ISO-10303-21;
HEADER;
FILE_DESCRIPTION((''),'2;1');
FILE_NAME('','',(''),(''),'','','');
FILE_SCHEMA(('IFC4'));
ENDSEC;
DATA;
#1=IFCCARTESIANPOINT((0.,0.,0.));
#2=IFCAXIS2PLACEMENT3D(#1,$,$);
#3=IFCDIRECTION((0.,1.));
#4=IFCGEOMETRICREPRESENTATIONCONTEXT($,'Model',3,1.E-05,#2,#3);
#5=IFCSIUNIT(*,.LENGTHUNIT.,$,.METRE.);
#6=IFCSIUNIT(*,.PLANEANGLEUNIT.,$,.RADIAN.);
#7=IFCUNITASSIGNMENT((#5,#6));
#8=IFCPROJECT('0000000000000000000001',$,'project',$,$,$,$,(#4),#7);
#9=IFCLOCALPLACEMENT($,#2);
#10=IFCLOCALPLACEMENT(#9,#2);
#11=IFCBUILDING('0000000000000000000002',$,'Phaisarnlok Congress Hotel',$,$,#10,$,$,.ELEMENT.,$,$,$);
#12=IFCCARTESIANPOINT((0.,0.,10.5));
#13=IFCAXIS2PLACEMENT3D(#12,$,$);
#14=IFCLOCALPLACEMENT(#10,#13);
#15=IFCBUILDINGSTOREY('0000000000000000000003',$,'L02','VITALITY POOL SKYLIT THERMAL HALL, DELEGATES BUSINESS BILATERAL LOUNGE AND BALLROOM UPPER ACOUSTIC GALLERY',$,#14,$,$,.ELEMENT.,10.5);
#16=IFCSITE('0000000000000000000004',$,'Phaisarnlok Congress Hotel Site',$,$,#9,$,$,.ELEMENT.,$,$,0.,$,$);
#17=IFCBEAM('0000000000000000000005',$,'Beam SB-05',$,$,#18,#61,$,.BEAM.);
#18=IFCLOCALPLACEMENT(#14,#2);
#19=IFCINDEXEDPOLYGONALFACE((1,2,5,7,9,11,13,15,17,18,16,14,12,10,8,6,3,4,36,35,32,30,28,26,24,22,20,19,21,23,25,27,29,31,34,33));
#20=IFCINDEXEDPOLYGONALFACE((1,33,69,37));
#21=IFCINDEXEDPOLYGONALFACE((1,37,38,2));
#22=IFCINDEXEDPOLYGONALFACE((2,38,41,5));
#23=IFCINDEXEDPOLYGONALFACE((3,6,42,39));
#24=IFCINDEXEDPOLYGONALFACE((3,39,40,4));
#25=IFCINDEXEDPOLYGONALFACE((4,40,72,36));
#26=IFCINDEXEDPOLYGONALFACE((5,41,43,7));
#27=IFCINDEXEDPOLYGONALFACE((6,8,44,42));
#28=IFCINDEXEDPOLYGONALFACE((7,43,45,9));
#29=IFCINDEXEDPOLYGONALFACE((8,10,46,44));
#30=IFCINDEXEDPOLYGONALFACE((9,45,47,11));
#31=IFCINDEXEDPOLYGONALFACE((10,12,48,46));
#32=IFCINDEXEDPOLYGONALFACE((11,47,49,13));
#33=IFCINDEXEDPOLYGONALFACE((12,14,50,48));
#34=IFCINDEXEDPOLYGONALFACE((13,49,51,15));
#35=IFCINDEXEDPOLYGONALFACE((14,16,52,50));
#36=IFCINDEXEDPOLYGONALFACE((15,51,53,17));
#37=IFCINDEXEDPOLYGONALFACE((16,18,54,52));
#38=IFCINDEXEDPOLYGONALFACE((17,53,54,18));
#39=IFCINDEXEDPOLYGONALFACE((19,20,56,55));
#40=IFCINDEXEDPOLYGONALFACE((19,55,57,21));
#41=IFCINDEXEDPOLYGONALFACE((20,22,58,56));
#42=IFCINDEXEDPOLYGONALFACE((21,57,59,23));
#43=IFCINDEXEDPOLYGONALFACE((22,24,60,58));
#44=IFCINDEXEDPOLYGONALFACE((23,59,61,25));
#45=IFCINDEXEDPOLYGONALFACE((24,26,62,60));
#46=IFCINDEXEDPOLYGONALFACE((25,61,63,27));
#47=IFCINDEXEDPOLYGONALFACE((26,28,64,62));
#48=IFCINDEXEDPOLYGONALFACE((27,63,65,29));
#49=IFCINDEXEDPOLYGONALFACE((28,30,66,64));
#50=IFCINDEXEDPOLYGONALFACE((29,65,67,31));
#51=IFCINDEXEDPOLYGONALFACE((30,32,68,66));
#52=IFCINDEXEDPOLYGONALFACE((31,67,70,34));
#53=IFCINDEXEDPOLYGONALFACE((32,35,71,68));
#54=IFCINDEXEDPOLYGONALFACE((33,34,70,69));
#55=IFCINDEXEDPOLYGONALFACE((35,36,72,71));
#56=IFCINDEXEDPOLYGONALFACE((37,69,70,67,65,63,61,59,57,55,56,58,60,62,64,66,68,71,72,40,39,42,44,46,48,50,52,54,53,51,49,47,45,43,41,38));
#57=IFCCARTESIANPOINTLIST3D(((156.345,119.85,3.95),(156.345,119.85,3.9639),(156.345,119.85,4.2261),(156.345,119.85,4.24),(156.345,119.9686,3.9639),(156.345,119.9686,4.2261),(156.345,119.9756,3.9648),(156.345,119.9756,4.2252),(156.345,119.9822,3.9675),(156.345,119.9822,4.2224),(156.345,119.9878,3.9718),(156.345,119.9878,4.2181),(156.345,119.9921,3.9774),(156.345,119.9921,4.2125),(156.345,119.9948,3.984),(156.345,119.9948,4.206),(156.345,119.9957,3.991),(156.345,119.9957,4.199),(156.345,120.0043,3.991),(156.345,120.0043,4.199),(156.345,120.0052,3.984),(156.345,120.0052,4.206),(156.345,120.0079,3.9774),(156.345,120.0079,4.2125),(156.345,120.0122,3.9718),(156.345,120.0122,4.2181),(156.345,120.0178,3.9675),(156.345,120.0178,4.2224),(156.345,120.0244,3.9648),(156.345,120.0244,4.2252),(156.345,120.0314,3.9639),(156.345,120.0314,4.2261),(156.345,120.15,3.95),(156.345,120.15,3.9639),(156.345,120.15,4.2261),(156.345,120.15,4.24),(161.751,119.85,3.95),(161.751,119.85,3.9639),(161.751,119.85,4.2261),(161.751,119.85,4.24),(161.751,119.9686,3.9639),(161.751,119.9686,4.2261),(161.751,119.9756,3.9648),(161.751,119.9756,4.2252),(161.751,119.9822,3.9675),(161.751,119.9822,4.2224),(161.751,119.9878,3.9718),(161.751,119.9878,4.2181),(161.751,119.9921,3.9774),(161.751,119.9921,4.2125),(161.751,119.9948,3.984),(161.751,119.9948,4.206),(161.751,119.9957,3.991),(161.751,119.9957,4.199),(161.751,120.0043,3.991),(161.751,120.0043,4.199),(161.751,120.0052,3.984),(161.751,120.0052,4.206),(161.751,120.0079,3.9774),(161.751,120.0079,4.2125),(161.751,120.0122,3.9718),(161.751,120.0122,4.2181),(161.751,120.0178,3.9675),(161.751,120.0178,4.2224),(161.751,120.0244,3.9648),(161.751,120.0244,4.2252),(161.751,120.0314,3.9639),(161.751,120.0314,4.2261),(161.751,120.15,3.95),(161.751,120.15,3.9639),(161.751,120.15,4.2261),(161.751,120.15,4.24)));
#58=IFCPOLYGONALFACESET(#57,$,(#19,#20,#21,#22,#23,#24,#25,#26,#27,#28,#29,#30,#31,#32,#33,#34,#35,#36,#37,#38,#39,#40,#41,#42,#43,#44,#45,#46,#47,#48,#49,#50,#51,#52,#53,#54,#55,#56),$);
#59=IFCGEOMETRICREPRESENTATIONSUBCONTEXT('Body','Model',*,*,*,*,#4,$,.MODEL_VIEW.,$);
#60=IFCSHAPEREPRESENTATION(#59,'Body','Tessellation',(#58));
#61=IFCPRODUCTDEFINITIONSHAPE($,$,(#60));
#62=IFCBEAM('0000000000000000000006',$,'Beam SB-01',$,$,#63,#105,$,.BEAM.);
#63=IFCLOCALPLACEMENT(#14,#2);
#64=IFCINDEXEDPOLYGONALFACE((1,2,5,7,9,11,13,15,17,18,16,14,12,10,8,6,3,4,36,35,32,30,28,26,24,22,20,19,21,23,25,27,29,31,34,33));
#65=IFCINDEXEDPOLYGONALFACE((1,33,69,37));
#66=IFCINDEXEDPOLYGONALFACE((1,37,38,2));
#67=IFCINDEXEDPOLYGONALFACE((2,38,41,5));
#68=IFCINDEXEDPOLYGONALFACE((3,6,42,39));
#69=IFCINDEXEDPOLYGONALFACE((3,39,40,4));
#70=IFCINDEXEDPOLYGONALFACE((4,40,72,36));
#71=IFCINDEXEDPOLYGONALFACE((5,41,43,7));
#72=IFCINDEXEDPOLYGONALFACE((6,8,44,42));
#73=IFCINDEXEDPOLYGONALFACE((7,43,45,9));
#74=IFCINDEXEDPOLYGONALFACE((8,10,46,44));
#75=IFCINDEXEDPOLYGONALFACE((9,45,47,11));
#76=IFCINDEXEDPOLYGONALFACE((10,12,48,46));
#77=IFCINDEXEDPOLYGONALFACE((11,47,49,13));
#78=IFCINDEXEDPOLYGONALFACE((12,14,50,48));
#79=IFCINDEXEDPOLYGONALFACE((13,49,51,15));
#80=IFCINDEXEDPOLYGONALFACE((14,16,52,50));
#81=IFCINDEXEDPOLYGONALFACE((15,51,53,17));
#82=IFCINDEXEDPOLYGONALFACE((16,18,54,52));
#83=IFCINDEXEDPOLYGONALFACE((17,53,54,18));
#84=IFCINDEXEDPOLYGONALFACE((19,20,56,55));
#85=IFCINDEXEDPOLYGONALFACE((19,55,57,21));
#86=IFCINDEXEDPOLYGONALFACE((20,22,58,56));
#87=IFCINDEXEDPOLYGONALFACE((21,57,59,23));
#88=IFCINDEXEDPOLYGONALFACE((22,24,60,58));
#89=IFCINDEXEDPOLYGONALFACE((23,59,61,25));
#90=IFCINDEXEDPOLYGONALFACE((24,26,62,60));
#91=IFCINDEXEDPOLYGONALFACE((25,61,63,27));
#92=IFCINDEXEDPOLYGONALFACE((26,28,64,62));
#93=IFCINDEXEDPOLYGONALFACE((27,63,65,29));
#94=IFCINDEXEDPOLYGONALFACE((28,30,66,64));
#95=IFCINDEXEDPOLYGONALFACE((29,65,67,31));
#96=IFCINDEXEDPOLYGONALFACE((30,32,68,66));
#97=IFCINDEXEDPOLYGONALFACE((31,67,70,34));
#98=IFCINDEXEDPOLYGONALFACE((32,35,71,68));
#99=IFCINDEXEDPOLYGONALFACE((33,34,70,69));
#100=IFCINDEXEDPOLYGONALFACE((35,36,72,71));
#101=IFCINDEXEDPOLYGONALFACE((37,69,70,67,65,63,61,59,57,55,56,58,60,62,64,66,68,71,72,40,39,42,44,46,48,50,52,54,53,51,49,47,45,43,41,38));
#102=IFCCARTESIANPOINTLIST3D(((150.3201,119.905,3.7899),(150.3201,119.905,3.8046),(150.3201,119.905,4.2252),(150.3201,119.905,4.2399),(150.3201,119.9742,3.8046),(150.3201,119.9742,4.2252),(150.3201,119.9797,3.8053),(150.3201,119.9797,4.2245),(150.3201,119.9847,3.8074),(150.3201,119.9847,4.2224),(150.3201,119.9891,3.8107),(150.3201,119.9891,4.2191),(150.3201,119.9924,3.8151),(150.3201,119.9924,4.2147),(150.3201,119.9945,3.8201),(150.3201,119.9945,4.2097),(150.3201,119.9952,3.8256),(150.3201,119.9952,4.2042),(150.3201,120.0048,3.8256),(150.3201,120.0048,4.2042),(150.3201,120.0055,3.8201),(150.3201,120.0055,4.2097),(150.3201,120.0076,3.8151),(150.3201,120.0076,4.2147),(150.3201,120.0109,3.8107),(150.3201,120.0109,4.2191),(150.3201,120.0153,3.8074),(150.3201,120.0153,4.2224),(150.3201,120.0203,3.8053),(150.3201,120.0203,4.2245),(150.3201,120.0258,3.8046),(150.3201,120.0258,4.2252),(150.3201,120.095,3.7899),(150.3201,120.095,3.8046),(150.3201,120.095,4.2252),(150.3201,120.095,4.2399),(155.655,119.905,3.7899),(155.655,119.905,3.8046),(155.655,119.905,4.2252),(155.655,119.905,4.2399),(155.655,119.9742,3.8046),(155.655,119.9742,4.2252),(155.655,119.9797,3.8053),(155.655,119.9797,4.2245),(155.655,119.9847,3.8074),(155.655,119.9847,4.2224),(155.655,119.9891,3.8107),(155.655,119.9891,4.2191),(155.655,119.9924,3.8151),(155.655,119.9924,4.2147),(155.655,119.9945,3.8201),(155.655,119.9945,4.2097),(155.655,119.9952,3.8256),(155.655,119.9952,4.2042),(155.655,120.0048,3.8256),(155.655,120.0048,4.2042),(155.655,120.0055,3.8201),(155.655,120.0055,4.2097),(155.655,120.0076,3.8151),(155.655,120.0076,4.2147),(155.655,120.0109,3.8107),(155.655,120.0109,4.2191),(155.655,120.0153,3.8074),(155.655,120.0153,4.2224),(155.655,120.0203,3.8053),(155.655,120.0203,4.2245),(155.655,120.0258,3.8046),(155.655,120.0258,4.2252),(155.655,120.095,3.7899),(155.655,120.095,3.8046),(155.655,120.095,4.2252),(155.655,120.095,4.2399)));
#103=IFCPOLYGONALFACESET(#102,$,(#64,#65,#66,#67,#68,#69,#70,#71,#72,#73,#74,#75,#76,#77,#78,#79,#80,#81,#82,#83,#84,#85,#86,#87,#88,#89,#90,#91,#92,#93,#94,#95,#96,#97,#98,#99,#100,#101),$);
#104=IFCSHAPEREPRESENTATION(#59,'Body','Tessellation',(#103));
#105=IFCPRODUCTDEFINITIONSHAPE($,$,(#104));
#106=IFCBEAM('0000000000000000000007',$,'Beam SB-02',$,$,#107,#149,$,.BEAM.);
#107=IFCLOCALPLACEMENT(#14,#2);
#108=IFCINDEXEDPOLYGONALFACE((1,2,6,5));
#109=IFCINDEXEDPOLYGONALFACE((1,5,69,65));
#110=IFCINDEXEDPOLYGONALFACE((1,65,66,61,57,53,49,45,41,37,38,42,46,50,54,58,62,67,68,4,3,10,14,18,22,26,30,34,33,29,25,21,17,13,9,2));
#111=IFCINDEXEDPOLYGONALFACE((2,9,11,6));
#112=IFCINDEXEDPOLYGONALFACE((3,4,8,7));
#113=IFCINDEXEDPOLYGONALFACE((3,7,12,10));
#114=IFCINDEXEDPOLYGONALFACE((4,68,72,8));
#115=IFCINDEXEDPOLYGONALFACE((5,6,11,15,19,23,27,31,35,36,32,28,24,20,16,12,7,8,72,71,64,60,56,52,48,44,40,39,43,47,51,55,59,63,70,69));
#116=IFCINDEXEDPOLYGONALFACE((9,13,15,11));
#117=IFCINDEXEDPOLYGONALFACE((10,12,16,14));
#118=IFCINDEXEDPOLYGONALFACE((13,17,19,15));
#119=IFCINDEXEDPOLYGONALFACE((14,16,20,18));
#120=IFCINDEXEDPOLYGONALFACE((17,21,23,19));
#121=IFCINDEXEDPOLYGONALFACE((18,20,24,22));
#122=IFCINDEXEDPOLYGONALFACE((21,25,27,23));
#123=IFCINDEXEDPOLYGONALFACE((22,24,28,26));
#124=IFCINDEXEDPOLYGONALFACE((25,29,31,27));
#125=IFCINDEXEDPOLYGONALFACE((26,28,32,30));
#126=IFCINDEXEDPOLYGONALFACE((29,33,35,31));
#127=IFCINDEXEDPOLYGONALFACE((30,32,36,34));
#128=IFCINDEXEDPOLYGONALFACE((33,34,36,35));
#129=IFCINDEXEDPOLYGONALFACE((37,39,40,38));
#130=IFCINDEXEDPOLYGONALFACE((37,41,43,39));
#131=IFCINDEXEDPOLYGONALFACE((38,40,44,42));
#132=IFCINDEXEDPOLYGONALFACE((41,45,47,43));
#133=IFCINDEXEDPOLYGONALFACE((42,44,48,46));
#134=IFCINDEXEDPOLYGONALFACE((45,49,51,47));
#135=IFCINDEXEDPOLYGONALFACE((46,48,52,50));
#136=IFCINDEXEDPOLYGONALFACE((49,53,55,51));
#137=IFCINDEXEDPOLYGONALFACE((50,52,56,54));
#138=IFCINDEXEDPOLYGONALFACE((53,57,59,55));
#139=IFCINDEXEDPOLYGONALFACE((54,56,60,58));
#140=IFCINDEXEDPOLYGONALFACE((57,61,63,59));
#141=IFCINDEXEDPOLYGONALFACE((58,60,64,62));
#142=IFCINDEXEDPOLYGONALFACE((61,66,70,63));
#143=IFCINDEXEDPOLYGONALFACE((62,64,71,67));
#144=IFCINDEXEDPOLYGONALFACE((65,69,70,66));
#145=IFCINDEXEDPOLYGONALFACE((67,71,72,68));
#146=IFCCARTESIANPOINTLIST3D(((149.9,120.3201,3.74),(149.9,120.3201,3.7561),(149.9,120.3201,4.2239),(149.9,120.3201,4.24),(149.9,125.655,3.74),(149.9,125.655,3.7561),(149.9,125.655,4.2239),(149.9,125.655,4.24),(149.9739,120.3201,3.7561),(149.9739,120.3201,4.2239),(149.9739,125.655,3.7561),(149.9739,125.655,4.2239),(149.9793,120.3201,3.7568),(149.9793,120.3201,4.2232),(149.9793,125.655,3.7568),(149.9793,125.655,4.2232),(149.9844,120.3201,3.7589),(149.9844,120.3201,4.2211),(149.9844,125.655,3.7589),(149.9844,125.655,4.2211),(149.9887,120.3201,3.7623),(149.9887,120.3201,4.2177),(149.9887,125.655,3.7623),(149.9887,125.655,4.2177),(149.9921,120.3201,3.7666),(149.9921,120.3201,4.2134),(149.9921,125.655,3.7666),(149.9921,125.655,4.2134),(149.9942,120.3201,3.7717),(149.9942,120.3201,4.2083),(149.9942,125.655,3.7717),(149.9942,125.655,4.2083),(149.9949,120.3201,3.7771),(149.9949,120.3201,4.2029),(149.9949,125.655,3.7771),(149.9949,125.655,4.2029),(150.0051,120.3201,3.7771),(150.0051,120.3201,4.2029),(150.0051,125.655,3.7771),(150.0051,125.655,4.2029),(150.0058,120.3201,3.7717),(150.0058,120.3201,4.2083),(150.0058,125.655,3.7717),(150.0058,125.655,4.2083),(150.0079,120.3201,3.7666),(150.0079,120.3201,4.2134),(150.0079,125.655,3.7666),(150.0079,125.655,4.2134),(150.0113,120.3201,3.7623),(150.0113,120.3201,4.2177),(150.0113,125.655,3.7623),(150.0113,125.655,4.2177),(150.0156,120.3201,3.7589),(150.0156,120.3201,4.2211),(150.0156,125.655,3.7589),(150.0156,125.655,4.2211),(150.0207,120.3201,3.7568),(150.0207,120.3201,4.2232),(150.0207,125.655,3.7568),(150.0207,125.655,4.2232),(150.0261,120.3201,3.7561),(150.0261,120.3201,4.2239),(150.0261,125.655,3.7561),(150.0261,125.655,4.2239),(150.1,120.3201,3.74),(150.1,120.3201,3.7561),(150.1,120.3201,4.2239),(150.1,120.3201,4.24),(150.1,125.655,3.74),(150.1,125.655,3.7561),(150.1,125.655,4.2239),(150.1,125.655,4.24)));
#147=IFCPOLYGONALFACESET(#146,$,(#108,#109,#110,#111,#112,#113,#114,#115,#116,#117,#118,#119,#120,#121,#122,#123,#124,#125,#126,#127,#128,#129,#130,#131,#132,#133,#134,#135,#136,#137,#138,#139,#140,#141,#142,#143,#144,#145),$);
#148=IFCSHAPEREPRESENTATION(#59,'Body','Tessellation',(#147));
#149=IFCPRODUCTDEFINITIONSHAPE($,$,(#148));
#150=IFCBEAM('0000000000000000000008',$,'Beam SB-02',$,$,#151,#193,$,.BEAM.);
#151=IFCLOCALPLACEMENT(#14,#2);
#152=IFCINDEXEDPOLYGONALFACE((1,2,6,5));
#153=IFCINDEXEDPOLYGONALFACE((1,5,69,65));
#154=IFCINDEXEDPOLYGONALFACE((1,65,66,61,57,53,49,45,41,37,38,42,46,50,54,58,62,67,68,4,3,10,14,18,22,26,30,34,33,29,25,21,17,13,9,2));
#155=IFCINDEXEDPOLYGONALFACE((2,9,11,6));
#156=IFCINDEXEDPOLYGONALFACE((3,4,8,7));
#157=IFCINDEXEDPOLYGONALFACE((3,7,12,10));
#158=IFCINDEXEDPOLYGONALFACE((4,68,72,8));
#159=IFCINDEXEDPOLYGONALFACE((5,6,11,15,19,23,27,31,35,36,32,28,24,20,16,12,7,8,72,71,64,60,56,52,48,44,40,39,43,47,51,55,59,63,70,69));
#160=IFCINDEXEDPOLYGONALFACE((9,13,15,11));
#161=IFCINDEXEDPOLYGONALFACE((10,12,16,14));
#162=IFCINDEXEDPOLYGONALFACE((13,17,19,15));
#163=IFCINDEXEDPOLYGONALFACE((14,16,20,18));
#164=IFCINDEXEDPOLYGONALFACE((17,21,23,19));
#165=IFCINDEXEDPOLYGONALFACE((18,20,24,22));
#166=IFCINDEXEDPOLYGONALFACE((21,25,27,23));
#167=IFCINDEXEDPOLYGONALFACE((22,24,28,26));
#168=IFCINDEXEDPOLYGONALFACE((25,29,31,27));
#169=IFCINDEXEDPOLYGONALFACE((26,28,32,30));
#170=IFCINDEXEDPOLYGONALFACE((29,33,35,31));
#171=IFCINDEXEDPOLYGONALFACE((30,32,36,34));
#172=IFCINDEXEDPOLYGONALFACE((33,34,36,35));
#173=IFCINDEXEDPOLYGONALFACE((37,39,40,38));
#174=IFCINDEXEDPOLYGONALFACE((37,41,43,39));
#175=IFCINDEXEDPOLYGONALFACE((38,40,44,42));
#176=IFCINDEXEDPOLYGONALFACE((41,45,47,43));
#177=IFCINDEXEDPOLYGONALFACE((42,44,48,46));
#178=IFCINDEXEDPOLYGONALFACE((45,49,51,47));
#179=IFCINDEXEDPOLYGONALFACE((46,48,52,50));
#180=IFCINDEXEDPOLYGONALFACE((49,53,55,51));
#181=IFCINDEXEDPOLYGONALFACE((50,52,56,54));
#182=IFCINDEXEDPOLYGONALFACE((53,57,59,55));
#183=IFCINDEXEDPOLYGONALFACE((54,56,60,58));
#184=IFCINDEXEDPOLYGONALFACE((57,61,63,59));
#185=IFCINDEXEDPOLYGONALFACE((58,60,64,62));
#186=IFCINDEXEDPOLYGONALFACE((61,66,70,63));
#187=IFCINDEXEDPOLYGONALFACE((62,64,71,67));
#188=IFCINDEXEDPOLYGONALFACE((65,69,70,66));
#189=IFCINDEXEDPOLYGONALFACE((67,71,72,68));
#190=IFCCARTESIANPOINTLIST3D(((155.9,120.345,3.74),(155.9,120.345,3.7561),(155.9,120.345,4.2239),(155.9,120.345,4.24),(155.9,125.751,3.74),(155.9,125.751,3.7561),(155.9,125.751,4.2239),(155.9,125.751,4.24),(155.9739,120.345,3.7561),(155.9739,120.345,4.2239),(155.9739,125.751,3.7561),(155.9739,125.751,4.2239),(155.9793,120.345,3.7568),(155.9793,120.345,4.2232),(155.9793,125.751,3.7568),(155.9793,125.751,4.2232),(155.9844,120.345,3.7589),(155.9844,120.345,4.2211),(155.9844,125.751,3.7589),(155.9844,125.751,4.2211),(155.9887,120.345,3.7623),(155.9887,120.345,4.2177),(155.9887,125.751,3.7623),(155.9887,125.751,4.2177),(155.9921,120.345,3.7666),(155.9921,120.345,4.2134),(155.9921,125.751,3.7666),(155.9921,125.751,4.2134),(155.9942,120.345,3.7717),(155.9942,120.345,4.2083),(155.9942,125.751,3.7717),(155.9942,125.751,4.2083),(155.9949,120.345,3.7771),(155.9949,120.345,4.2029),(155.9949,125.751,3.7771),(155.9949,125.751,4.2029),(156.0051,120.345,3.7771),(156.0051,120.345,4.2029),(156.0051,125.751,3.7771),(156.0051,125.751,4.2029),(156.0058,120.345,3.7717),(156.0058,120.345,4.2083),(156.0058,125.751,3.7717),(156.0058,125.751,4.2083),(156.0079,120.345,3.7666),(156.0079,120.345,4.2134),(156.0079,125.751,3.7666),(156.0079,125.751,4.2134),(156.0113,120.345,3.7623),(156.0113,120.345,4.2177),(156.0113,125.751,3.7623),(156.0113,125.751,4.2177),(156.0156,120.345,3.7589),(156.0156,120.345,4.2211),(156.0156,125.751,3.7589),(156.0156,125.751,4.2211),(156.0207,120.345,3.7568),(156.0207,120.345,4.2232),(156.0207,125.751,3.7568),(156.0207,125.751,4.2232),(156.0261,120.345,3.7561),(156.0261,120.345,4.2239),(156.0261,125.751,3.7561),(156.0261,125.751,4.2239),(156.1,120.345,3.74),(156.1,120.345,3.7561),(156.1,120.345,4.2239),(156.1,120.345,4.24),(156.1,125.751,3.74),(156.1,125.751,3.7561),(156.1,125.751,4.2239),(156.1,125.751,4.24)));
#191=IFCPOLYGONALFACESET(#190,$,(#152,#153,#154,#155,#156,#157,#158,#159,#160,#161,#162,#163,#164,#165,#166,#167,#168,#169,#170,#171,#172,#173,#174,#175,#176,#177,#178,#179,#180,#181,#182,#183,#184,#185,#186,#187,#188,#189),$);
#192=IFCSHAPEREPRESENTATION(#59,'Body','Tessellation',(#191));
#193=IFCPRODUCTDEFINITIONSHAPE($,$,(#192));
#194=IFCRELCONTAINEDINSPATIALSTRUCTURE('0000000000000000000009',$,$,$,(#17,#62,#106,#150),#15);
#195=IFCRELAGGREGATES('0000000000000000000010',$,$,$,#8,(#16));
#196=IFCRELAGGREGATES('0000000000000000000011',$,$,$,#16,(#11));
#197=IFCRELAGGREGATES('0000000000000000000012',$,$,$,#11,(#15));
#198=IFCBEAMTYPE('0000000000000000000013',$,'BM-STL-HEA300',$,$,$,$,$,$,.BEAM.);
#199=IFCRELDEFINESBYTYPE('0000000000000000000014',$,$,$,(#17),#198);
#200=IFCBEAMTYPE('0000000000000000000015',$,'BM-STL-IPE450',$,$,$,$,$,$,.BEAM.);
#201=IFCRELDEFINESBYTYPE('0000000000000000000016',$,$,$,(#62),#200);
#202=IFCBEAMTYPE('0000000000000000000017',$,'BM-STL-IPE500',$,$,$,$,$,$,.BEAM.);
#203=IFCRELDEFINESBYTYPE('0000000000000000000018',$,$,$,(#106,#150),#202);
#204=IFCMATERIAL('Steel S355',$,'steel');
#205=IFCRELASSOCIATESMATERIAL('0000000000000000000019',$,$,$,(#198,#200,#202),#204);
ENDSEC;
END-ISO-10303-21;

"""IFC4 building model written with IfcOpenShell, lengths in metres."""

from ifc_helpers import new_model, si_unit, direction, frame, origin, origin_2d, place, context, subcontext, project, spatial, i_section, extrude, material, material_profile, profile_set, type_object, element, save


model = new_model("IFC4")

# Units and contexts
model_context = context("Model", 3, precision=1e-05, world=origin(), true_north=direction((0.0, 1.0)))
body_context = subcontext(model_context, "Body", "Model", "MODEL_VIEW")
ifc_project = project(units=[si_unit("LENGTHUNIT", "METRE"), si_unit("PLANEANGLEUNIT", "RADIAN")], contexts=[model_context])

# Site, building, storey
site_placement = place(None, origin())
site = spatial("IfcSite", under=ifc_project, at=site_placement, Name="Phaisarnlok Congress Hotel Site", CompositionType="ELEMENT", RefElevation=0.0)
building_placement = place(site_placement, origin())
building = spatial("IfcBuilding", under=site, at=building_placement, Name="Phaisarnlok Congress Hotel", CompositionType="ELEMENT")
storey_placement = place(building_placement, frame((0.0, 0.0, 10.5)))
storey = spatial("IfcBuildingStorey", under=building, at=storey_placement, Name="L02", Description="VITALITY POOL SKYLIT THERMAL HALL, DELEGATES BUSINESS BILATERAL LOUNGE AND BALLROOM UPPER ACOUSTIC GALLERY", CompositionType="ELEMENT", Elevation=10.5)

# Shared definitions
ifc_material_1 = material(Name="Steel S355", Category="steel")

# Beams
ifc_material_profile_1 = material_profile(ifc_material_1, i_section(OverallWidth=0.3, OverallDepth=0.29, WebThickness=0.0085, FlangeThickness=0.0139, FilletRadius=0.0271, at=origin_2d()), Name="HEA 300")
ifc_profile_set_1 = profile_set([ifc_material_profile_1], Name="Steel S355")
beam_type_1 = type_object("IfcBeamType", Name="BM-STL-HEA300", PredefinedType="BEAM", material=ifc_profile_set_1)
beam_1_placement = place(storey_placement, frame((156.345, 120.0, 4.095), z_axis=(1.0, 0.0, 0.0), x_axis=(0.0, 1.0, 0.0)))
element("IfcBeam", 1, at=beam_1_placement, inside=storey, type_object=beam_type_1, Name="Beam SB-05", PredefinedType="BEAM", context=body_context, shape_type="SweptSolid", body=[
    extrude(i_section(OverallWidth=0.3, OverallDepth=0.29, WebThickness=0.0085, FlangeThickness=0.0139, FilletRadius=0.0271, at=origin_2d()), origin(), (0.0, 0.0, 1.0), 5.406),
])
ifc_material_profile_2 = material_profile(ifc_material_1, i_section(OverallWidth=0.1899, OverallDepth=0.45, WebThickness=0.0095, FlangeThickness=0.0146, FilletRadius=0.021, at=origin_2d()), Name="IPE 450")
ifc_profile_set_2 = profile_set([ifc_material_profile_2], Name="Steel S355")
beam_type_2 = type_object("IfcBeamType", Name="BM-STL-IPE450", PredefinedType="BEAM", material=ifc_profile_set_2)
beam_2_placement = place(storey_placement, frame((150.3201, 120.0, 4.0149), z_axis=(1.0, 0.0, 0.0), x_axis=(0.0, 1.0, 0.0)))
element("IfcBeam", 2, at=beam_2_placement, inside=storey, type_object=beam_type_2, Name="Beam SB-01", PredefinedType="BEAM", context=body_context, shape_type="SweptSolid", body=[
    extrude(i_section(OverallWidth=0.1899, OverallDepth=0.45, WebThickness=0.0095, FlangeThickness=0.0146, FilletRadius=0.021, at=origin_2d()), origin(), (0.0, 0.0, 1.0), 5.335),
])
ifc_material_profile_3 = material_profile(ifc_material_1, i_section(OverallWidth=0.2, OverallDepth=0.5, WebThickness=0.0103, FlangeThickness=0.0161, FilletRadius=0.021, at=origin_2d()), Name="IPE 500")
ifc_profile_set_3 = profile_set([ifc_material_profile_3], Name="Steel S355")
beam_type_3 = type_object("IfcBeamType", Name="BM-STL-IPE500", PredefinedType="BEAM", material=ifc_profile_set_3)
beam_3_placement = place(storey_placement, frame((150.0, 120.3201, 3.99), z_axis=(0.0, 1.0, 0.0), x_axis=(-1.0, 0.0, 0.0)))
element("IfcBeam", 3, at=beam_3_placement, inside=storey, type_object=beam_type_3, Name="Beam SB-02", PredefinedType="BEAM", context=body_context, shape_type="SweptSolid", body=[
    extrude(i_section(OverallWidth=0.2, OverallDepth=0.5, WebThickness=0.0103, FlangeThickness=0.0161, FilletRadius=0.021, at=origin_2d()), origin(), (0.0, 0.0, 1.0), 5.335),
])
beam_4_placement = place(storey_placement, frame((156.0, 120.345, 3.99), z_axis=(0.0, 1.0, 0.0), x_axis=(-1.0, 0.0, 0.0)))
element("IfcBeam", 4, at=beam_4_placement, inside=storey, type_object=beam_type_3, Name="Beam SB-02", PredefinedType="BEAM", context=body_context, shape_type="SweptSolid", body=[
    extrude(i_section(OverallWidth=0.2, OverallDepth=0.5, WebThickness=0.0103, FlangeThickness=0.0161, FilletRadius=0.021, at=origin_2d()), origin(), (0.0, 0.0, 1.0), 5.406),
])

save(model, "model.ifc")
